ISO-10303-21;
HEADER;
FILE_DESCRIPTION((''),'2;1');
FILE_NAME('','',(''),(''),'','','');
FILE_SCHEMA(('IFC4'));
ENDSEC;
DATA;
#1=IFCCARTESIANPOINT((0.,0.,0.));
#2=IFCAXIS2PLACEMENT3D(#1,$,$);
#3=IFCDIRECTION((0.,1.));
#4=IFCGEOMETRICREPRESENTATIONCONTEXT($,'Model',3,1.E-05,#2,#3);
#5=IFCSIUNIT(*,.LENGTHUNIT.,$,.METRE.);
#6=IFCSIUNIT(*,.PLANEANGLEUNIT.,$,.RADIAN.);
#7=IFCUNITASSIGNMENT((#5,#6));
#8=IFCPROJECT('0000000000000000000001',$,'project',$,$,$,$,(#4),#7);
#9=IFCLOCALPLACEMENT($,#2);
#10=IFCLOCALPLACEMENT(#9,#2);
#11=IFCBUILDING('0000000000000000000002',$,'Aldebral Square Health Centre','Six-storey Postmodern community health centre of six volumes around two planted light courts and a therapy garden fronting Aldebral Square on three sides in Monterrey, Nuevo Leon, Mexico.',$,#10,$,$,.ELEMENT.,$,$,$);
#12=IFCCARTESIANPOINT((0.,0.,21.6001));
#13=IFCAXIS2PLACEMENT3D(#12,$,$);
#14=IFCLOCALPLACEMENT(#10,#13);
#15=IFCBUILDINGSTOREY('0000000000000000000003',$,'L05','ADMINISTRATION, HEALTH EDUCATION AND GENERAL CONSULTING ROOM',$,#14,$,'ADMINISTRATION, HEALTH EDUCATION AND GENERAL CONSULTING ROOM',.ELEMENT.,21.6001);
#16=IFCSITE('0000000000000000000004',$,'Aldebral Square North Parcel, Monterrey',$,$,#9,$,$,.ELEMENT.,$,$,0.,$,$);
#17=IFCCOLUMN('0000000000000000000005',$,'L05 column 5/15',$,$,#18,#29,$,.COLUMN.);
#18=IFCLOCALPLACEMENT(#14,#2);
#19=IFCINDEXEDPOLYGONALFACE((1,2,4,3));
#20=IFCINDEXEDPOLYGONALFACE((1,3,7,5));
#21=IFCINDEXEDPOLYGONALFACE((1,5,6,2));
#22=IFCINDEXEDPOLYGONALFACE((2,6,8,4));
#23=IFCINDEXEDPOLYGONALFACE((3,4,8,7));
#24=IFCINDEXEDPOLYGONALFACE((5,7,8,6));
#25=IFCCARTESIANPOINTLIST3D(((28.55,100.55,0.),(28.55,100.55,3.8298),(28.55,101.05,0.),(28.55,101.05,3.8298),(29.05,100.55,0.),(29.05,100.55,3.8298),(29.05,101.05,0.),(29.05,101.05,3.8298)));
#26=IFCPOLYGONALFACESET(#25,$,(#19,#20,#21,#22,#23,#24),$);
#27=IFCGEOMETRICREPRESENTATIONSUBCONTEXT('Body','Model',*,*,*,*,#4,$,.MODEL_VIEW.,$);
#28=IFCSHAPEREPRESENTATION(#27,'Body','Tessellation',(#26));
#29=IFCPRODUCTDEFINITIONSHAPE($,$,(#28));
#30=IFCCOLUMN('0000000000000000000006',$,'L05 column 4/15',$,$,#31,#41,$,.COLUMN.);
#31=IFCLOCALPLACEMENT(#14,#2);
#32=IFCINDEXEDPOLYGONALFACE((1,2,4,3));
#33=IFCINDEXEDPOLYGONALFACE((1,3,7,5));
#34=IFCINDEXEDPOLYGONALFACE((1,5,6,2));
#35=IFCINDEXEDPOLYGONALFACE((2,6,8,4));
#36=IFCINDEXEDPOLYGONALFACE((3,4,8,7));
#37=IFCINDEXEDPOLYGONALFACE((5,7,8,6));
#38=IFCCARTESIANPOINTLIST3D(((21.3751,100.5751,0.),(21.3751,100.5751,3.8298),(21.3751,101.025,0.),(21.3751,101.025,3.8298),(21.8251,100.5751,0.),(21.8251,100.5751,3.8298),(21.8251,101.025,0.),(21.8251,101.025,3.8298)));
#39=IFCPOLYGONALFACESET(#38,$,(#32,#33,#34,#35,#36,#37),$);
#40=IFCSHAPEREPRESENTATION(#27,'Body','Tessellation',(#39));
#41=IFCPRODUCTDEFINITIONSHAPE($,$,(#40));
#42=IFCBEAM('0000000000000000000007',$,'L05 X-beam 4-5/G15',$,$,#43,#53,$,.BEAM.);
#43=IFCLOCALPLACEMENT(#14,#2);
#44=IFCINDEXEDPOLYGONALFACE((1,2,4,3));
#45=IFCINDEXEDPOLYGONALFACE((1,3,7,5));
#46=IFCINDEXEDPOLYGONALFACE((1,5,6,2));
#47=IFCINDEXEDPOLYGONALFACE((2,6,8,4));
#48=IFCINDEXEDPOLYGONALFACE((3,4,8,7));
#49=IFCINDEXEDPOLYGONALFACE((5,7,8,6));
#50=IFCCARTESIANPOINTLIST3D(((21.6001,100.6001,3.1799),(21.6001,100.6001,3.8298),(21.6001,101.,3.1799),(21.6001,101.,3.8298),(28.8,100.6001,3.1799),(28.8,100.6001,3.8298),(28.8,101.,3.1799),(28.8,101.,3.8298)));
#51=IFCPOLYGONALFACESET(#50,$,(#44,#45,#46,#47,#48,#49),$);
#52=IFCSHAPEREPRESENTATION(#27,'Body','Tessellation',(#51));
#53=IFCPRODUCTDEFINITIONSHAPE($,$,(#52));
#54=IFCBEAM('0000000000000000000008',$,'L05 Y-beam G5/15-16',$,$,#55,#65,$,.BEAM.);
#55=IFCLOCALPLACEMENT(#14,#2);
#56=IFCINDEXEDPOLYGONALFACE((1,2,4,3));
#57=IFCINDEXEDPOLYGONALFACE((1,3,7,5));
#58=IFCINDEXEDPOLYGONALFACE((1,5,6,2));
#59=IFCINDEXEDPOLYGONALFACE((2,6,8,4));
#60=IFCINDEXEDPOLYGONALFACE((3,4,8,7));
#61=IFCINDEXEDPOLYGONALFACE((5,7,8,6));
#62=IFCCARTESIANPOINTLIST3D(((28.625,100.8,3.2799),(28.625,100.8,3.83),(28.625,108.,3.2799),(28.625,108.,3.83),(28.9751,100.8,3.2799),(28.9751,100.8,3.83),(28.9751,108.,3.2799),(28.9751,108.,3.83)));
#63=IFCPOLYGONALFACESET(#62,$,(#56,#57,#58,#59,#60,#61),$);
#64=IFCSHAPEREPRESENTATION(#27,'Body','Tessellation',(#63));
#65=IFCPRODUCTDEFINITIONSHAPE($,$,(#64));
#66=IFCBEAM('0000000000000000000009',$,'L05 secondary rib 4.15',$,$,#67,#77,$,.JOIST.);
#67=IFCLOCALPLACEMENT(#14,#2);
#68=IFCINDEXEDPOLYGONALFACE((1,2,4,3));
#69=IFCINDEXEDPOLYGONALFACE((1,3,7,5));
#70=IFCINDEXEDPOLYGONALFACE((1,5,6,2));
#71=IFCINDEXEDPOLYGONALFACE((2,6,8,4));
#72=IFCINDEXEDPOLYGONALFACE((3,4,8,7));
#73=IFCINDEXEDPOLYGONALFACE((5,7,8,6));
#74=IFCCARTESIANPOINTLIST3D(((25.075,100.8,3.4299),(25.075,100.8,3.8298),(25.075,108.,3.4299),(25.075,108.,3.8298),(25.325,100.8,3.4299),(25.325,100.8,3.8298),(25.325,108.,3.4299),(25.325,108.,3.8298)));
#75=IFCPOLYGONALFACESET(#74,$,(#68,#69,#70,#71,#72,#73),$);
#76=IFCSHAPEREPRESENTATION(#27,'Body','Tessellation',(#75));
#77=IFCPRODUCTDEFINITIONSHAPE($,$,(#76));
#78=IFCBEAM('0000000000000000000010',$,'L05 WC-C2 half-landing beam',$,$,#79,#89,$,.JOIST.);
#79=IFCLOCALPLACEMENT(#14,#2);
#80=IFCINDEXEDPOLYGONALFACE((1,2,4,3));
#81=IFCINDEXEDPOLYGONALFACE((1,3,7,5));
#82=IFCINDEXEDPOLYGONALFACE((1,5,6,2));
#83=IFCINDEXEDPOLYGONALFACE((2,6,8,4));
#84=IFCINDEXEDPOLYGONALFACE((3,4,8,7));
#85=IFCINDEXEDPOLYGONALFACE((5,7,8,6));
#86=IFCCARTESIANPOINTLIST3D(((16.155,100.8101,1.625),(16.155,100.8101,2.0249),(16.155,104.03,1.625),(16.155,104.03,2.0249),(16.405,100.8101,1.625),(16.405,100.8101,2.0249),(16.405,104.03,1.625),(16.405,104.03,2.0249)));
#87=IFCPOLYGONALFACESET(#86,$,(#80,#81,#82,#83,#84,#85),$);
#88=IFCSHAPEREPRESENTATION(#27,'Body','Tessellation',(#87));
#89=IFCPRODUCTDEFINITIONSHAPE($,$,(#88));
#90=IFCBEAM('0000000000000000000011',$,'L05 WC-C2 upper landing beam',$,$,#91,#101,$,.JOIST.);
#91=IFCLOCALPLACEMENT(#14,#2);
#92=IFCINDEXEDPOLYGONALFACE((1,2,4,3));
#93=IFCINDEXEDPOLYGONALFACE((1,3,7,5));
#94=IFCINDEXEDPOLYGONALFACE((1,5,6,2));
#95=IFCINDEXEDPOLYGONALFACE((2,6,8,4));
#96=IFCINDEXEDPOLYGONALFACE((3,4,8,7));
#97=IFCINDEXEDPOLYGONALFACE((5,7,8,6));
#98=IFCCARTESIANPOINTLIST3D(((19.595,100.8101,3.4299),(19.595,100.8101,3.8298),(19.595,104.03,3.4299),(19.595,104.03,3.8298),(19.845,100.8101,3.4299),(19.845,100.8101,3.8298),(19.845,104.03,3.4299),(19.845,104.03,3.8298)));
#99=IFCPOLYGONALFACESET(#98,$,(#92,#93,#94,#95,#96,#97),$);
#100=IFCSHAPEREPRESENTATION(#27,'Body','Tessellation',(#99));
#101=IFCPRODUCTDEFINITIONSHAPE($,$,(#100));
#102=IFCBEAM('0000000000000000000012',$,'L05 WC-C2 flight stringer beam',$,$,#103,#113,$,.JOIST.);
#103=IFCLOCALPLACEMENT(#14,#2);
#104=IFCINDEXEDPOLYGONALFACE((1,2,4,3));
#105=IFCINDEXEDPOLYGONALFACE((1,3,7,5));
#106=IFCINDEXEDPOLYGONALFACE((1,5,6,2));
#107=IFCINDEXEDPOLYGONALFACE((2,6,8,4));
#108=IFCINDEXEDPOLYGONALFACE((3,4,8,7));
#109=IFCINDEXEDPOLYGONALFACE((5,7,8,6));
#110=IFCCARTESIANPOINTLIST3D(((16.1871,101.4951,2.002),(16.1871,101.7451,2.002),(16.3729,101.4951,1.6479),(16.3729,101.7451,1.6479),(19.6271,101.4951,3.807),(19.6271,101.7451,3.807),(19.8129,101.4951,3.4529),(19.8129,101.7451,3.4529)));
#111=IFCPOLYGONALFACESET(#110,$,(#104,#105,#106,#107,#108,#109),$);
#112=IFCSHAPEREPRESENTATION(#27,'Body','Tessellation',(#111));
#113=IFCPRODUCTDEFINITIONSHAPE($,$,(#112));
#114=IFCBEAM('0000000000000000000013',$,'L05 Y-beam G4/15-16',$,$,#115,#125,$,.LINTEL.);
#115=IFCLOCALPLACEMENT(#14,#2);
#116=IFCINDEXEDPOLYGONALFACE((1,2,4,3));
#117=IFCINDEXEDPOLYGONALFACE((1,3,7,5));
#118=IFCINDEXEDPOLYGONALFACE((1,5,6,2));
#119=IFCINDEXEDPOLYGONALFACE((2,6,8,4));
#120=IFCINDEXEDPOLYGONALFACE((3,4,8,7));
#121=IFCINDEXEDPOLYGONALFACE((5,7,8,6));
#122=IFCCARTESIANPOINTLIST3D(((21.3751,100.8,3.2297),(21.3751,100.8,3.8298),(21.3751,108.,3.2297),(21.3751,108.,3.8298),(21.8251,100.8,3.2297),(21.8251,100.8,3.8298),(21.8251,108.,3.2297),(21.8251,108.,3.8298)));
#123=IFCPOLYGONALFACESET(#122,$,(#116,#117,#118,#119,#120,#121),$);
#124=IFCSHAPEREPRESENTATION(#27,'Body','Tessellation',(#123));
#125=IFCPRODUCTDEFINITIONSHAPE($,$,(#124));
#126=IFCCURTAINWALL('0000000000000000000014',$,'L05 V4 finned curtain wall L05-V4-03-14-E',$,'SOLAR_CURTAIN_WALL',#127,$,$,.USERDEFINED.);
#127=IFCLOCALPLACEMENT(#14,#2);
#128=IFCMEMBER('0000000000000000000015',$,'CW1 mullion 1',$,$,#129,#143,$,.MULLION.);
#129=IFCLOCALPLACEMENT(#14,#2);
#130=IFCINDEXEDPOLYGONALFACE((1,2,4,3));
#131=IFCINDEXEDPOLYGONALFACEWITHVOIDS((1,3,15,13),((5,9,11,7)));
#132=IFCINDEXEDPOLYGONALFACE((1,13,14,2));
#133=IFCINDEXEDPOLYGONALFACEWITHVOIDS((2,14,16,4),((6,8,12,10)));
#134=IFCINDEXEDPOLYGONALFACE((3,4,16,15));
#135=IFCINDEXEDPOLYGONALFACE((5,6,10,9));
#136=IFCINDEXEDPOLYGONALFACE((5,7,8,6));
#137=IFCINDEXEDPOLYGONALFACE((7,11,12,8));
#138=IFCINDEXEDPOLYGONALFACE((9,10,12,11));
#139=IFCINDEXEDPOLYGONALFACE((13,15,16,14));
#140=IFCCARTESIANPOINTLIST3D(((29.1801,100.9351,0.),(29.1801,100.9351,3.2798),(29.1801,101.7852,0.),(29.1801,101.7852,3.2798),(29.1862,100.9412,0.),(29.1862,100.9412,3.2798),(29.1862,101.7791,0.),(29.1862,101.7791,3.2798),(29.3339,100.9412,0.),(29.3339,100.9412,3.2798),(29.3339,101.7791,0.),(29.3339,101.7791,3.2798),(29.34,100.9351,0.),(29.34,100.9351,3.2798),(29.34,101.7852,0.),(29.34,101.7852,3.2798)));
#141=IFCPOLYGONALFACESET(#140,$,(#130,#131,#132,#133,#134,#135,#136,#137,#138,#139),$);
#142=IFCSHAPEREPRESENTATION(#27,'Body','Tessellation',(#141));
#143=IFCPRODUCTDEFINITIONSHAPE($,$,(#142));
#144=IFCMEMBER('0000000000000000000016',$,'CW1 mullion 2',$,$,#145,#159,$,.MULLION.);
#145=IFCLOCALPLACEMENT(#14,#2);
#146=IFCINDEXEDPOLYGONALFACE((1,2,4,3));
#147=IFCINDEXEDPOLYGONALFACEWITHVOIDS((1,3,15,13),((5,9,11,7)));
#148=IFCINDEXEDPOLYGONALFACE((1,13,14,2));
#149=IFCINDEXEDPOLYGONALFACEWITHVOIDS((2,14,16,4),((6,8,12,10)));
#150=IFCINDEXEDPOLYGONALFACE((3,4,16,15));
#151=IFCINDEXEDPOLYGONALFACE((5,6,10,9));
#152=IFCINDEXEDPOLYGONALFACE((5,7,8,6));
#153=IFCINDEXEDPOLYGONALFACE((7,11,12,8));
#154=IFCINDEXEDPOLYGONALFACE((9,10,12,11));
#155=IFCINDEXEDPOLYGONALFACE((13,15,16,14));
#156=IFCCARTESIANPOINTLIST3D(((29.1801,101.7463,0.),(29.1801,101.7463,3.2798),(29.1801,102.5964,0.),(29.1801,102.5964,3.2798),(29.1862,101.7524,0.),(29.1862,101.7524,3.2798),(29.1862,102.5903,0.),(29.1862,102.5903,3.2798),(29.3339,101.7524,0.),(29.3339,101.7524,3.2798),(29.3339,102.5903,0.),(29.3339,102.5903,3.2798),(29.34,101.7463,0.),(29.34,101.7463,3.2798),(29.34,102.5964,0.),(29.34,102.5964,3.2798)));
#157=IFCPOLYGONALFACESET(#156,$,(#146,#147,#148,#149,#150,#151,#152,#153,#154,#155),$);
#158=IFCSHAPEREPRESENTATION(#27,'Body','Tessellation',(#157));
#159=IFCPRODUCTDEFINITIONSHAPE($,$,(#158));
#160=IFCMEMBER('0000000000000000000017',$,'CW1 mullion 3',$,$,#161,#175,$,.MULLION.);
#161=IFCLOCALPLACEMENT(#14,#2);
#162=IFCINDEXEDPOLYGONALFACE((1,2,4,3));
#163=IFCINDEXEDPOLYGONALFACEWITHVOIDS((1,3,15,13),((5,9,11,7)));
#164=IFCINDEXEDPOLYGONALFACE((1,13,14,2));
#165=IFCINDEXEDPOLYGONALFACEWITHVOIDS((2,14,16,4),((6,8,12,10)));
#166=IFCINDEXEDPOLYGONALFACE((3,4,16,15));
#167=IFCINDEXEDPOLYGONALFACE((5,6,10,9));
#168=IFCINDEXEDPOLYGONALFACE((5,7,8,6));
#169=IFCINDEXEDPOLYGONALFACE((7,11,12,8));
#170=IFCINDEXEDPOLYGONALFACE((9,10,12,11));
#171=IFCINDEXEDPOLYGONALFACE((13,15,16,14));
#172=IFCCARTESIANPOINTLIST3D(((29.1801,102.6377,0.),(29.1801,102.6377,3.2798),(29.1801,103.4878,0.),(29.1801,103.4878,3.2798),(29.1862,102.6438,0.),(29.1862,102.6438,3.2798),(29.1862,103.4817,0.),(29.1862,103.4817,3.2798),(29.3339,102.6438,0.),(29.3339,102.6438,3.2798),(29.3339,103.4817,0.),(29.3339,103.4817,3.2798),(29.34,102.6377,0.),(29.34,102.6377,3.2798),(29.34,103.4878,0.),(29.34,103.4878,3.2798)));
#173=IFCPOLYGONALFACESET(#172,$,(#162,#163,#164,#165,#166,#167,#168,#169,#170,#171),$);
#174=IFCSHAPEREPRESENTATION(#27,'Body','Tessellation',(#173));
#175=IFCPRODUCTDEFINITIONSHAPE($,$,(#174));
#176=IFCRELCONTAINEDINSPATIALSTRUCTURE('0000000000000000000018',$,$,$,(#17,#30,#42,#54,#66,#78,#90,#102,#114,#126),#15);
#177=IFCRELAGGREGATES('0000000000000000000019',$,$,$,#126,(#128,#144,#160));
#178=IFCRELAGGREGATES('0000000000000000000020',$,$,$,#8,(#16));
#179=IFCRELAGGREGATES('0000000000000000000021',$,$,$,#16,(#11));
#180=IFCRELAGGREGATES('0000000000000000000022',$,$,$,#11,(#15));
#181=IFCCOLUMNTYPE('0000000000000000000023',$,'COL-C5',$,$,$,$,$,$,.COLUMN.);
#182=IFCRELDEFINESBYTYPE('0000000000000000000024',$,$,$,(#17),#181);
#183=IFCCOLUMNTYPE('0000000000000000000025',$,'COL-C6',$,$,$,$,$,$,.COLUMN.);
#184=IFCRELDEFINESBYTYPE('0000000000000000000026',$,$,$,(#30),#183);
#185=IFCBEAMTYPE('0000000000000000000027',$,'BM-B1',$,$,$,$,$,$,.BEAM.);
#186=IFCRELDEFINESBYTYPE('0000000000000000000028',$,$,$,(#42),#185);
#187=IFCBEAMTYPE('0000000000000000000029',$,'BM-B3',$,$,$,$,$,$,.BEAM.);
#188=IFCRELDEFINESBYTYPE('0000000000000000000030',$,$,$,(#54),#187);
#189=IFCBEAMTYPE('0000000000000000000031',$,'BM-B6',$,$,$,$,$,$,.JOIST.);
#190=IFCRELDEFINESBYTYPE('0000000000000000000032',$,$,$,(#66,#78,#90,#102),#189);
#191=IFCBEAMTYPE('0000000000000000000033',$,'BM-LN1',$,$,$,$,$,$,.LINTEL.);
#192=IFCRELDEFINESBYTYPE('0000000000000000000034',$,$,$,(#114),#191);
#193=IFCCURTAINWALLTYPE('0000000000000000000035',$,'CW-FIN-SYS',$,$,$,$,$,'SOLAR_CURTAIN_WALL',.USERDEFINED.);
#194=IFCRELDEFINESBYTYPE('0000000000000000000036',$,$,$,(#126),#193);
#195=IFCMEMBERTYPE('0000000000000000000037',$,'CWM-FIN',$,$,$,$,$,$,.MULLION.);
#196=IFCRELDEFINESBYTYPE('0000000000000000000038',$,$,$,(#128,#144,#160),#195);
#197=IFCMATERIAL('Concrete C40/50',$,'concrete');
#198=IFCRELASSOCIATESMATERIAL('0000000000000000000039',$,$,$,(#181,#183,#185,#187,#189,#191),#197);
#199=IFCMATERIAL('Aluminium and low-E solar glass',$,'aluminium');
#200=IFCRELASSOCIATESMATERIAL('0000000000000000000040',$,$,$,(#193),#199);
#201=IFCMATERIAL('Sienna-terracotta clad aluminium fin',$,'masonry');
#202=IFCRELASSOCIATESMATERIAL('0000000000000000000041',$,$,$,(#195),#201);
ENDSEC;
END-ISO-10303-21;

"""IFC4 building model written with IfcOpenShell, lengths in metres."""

from ifc_helpers import new_model, si_unit, direction, frame, origin, origin_2d, place, context, subcontext, project, spatial, rectangle, hollow_rectangle, extrude, material, material_profile, profile_set, type_object, element, aggregate, save


model = new_model("IFC4")

# Units and contexts
model_context = context("Model", 3, precision=1e-05, world=origin(), true_north=direction((0.0, 1.0)))
body_context = subcontext(model_context, "Body", "Model", "MODEL_VIEW")
ifc_project = project(units=[si_unit("LENGTHUNIT", "METRE"), si_unit("PLANEANGLEUNIT", "RADIAN")], contexts=[model_context])

# Site, building, storey
site_placement = place(None, origin())
site = spatial("IfcSite", under=ifc_project, at=site_placement, Name="Aldebral Square North Parcel, Monterrey", CompositionType="ELEMENT", RefElevation=0.0)
building_placement = place(site_placement, origin())
building = spatial("IfcBuilding", under=site, at=building_placement, Name="Aldebral Square Health Centre", Description="Six-storey Postmodern community health centre of six volumes around two planted light courts and a therapy garden fronting Aldebral Square on three sides in Monterrey, Nuevo Leon, Mexico.", CompositionType="ELEMENT")
storey_placement = place(building_placement, frame((0.0, 0.0, 21.6001)))
storey = spatial("IfcBuildingStorey", under=building, at=storey_placement, Name="L05", Description="ADMINISTRATION, HEALTH EDUCATION AND GENERAL CONSULTING ROOM", LongName="ADMINISTRATION, HEALTH EDUCATION AND GENERAL CONSULTING ROOM", CompositionType="ELEMENT", Elevation=21.6001)

# Columns
ifc_material_1 = material(Name="Concrete C40/50", Category="concrete")
ifc_material_profile_1 = material_profile(ifc_material_1, rectangle(XDim=0.5, YDim=0.5, at=origin_2d()), Name="RC 500x500")
ifc_profile_set_1 = profile_set([ifc_material_profile_1], Name="Concrete C40/50")
column_type_1 = type_object("IfcColumnType", Name="COL-C5", PredefinedType="COLUMN", material=ifc_profile_set_1)
column_1_placement = place(storey_placement, frame((28.8, 100.8, 0.0), z_axis=(0.0, 0.0, 1.0), x_axis=(1.0, 0.0, 0.0)))
element("IfcColumn", 1, at=column_1_placement, inside=storey, type_object=column_type_1, Name="L05 column 5/15", PredefinedType="COLUMN", context=body_context, shape_type="SweptSolid", body=[
    extrude(rectangle(XDim=0.5, YDim=0.5, at=origin_2d()), origin(), (0.0, 0.0, 1.0), 3.8298),
])
ifc_material_profile_2 = material_profile(ifc_material_1, rectangle(XDim=0.45, YDim=0.45, at=origin_2d()), Name="RC 450x450")
ifc_profile_set_2 = profile_set([ifc_material_profile_2], Name="Concrete C40/50")
column_type_2 = type_object("IfcColumnType", Name="COL-C6", PredefinedType="COLUMN", material=ifc_profile_set_2)
column_2_placement = place(storey_placement, frame((21.6001, 100.8, 0.0), z_axis=(0.0, 0.0, 1.0), x_axis=(1.0, 0.0, 0.0)))
element("IfcColumn", 2, at=column_2_placement, inside=storey, type_object=column_type_2, Name="L05 column 4/15", PredefinedType="COLUMN", context=body_context, shape_type="SweptSolid", body=[
    extrude(rectangle(XDim=0.45, YDim=0.45, at=origin_2d()), origin(), (0.0, 0.0, 1.0), 3.8298),
])

# Beams
ifc_material_profile_3 = material_profile(ifc_material_1, rectangle(XDim=0.3999, YDim=0.6499, at=origin_2d()), Name="RC 400x650")
ifc_profile_set_3 = profile_set([ifc_material_profile_3], Name="Concrete C40/50")
beam_type_1 = type_object("IfcBeamType", Name="BM-B1", PredefinedType="BEAM", material=ifc_profile_set_3)
beam_1_placement = place(storey_placement, frame((21.6001, 100.8, 3.5049), z_axis=(1.0, 0.0, 0.0), x_axis=(0.0, 1.0, 0.0)))
element("IfcBeam", 3, at=beam_1_placement, inside=storey, type_object=beam_type_1, Name="L05 X-beam 4-5/G15", PredefinedType="BEAM", context=body_context, shape_type="SweptSolid", body=[
    extrude(rectangle(XDim=0.3999, YDim=0.6499, at=origin_2d()), origin(), (0.0, 0.0, 1.0), 7.2),
])
ifc_material_profile_4 = material_profile(ifc_material_1, rectangle(XDim=0.3501, YDim=0.55, at=origin_2d()), Name="RC 350x550")
ifc_profile_set_4 = profile_set([ifc_material_profile_4], Name="Concrete C40/50")
beam_type_2 = type_object("IfcBeamType", Name="BM-B3", PredefinedType="BEAM", material=ifc_profile_set_4)
beam_2_placement = place(storey_placement, frame((28.8, 100.8, 3.5549), z_axis=(0.0, 1.0, 0.0), x_axis=(-1.0, 0.0, 0.0)))
element("IfcBeam", 4, at=beam_2_placement, inside=storey, type_object=beam_type_2, Name="L05 Y-beam G5/15-16", PredefinedType="BEAM", context=body_context, shape_type="SweptSolid", body=[
    extrude(rectangle(XDim=0.3501, YDim=0.55, at=origin_2d()), origin(), (0.0, 0.0, 1.0), 7.2),
])
ifc_material_profile_5 = material_profile(ifc_material_1, rectangle(XDim=0.25, YDim=0.3999, at=origin_2d()), Name="RC 250x400")
ifc_profile_set_5 = profile_set([ifc_material_profile_5], Name="Concrete C40/50")
beam_type_3 = type_object("IfcBeamType", Name="BM-B6", PredefinedType="JOIST", material=ifc_profile_set_5)
beam_3_placement = place(storey_placement, frame((25.2, 100.8, 3.6299), z_axis=(0.0, 1.0, 0.0), x_axis=(-1.0, 0.0, 0.0)))
element("IfcBeam", 5, at=beam_3_placement, inside=storey, type_object=beam_type_3, Name="L05 secondary rib 4.15", PredefinedType="JOIST", context=body_context, shape_type="SweptSolid", body=[
    extrude(rectangle(XDim=0.25, YDim=0.3999, at=origin_2d()), origin(), (0.0, 0.0, 1.0), 7.2),
])
for number, where, z_axis, x_axis, name in (
    (6, (16.28, 100.8101, 1.825), (0.0, 1.0, 0.0), (-1.0, 0.0, 0.0), "L05 WC-C2 half-landing beam"),
    (7, (19.72, 100.8101, 3.6299), (0.0, 1.0, 0.0), (-1.0, 0.0, 0.0), "L05 WC-C2 upper landing beam"),
):
    element("IfcBeam", number, at=place(storey_placement, frame(where, z_axis=z_axis, x_axis=x_axis)), inside=storey, type_object=beam_type_3, Name=name, PredefinedType="JOIST", context=body_context, shape_type="SweptSolid", body=[
        extrude(rectangle(XDim=0.25, YDim=0.3999, at=origin_2d()), origin(), (0.0, 0.0, 1.0), 3.22),
    ])
beam_4_placement = place(storey_placement, frame((16.28, 101.6201, 1.825), z_axis=(0.885508, 0.0, 0.464625), x_axis=(0.0, 1.0, 0.0)))
element("IfcBeam", 8, at=beam_4_placement, inside=storey, type_object=beam_type_3, Name="L05 WC-C2 flight stringer beam", PredefinedType="JOIST", context=body_context, shape_type="SweptSolid", body=[
    extrude(rectangle(XDim=0.25, YDim=0.3999, at=origin_2d()), origin(), (0.0, 0.0, 1.0), 3.8848),
])
ifc_material_profile_6 = material_profile(ifc_material_1, rectangle(XDim=0.45, YDim=0.6001, at=origin_2d()), Name="RC 450x600")
ifc_profile_set_6 = profile_set([ifc_material_profile_6], Name="Concrete C40/50")
beam_type_4 = type_object("IfcBeamType", Name="BM-LN1", PredefinedType="LINTEL", material=ifc_profile_set_6)
beam_5_placement = place(storey_placement, frame((21.6001, 100.8, 3.5298), z_axis=(0.0, 1.0, 0.0), x_axis=(-1.0, 0.0, 0.0)))
element("IfcBeam", 9, at=beam_5_placement, inside=storey, type_object=beam_type_4, Name="L05 Y-beam G4/15-16", PredefinedType="LINTEL", context=body_context, shape_type="SweptSolid", body=[
    extrude(rectangle(XDim=0.45, YDim=0.6001, at=origin_2d()), origin(), (0.0, 0.0, 1.0), 7.2),
])

# Curtain wall, members
ifc_material_2 = material(Name="Aluminium and low-E solar glass", Category="aluminium")
curtain_wall_type = type_object("IfcCurtainWallType", Name="CW-FIN-SYS", ElementType="SOLAR_CURTAIN_WALL", PredefinedType="USERDEFINED", material=ifc_material_2)
curtain_wall_placement = place(storey_placement, origin())
curtain_wall = element("IfcCurtainWall", 10, at=curtain_wall_placement, inside=storey, type_object=curtain_wall_type, Name="L05 V4 finned curtain wall L05-V4-03-14-E", ObjectType="SOLAR_CURTAIN_WALL", PredefinedType="USERDEFINED")
ifc_material_3 = material(Name="Sienna-terracotta clad aluminium fin", Category="masonry")
ifc_material_profile_7 = material_profile(ifc_material_3, hollow_rectangle(XDim=0.1599, YDim=0.8501, WallThickness=0.0061, at=origin_2d()), Name="FIN 160x850x6")
ifc_profile_set_7 = profile_set([ifc_material_profile_7], Name="Sienna-terracotta clad aluminium fin")
member_type = type_object("IfcMemberType", Name="CWM-FIN", PredefinedType="MULLION", material=ifc_profile_set_7)
member_1_placement = place(storey_placement, frame((29.26, 101.3601, 0.0), z_axis=(0.0, 0.0, 1.0), x_axis=(-1.0, 0.0, 0.0)))
member_1 = element("IfcMember", 11, at=member_1_placement, type_object=member_type, Name="CW1 mullion 1", PredefinedType="MULLION", context=body_context, shape_type="SweptSolid", body=[
    extrude(hollow_rectangle(XDim=0.1599, YDim=0.8501, WallThickness=0.0061, at=origin_2d()), origin(), (0.0, 0.0, 1.0), 3.2798),
])
member_2_placement = place(storey_placement, frame((29.26, 102.1714, 0.0), z_axis=(0.0, 0.0, 1.0), x_axis=(-1.0, 0.0, 0.0)))
member_2 = element("IfcMember", 12, at=member_2_placement, type_object=member_type, Name="CW1 mullion 2", PredefinedType="MULLION", context=body_context, shape_type="SweptSolid", body=[
    extrude(hollow_rectangle(XDim=0.1599, YDim=0.8501, WallThickness=0.0061, at=origin_2d()), origin(), (0.0, 0.0, 1.0), 3.2798),
])
member_3_placement = place(storey_placement, frame((29.26, 103.0627, 0.0), z_axis=(0.0, 0.0, 1.0), x_axis=(-1.0, 0.0, 0.0)))
member_3 = element("IfcMember", 13, at=member_3_placement, type_object=member_type, Name="CW1 mullion 3", PredefinedType="MULLION", context=body_context, shape_type="SweptSolid", body=[
    extrude(hollow_rectangle(XDim=0.1599, YDim=0.8501, WallThickness=0.0061, at=origin_2d()), origin(), (0.0, 0.0, 1.0), 3.2798),
])
aggregate(curtain_wall, [member_1, member_2, member_3])

save(model, "model.ifc")
